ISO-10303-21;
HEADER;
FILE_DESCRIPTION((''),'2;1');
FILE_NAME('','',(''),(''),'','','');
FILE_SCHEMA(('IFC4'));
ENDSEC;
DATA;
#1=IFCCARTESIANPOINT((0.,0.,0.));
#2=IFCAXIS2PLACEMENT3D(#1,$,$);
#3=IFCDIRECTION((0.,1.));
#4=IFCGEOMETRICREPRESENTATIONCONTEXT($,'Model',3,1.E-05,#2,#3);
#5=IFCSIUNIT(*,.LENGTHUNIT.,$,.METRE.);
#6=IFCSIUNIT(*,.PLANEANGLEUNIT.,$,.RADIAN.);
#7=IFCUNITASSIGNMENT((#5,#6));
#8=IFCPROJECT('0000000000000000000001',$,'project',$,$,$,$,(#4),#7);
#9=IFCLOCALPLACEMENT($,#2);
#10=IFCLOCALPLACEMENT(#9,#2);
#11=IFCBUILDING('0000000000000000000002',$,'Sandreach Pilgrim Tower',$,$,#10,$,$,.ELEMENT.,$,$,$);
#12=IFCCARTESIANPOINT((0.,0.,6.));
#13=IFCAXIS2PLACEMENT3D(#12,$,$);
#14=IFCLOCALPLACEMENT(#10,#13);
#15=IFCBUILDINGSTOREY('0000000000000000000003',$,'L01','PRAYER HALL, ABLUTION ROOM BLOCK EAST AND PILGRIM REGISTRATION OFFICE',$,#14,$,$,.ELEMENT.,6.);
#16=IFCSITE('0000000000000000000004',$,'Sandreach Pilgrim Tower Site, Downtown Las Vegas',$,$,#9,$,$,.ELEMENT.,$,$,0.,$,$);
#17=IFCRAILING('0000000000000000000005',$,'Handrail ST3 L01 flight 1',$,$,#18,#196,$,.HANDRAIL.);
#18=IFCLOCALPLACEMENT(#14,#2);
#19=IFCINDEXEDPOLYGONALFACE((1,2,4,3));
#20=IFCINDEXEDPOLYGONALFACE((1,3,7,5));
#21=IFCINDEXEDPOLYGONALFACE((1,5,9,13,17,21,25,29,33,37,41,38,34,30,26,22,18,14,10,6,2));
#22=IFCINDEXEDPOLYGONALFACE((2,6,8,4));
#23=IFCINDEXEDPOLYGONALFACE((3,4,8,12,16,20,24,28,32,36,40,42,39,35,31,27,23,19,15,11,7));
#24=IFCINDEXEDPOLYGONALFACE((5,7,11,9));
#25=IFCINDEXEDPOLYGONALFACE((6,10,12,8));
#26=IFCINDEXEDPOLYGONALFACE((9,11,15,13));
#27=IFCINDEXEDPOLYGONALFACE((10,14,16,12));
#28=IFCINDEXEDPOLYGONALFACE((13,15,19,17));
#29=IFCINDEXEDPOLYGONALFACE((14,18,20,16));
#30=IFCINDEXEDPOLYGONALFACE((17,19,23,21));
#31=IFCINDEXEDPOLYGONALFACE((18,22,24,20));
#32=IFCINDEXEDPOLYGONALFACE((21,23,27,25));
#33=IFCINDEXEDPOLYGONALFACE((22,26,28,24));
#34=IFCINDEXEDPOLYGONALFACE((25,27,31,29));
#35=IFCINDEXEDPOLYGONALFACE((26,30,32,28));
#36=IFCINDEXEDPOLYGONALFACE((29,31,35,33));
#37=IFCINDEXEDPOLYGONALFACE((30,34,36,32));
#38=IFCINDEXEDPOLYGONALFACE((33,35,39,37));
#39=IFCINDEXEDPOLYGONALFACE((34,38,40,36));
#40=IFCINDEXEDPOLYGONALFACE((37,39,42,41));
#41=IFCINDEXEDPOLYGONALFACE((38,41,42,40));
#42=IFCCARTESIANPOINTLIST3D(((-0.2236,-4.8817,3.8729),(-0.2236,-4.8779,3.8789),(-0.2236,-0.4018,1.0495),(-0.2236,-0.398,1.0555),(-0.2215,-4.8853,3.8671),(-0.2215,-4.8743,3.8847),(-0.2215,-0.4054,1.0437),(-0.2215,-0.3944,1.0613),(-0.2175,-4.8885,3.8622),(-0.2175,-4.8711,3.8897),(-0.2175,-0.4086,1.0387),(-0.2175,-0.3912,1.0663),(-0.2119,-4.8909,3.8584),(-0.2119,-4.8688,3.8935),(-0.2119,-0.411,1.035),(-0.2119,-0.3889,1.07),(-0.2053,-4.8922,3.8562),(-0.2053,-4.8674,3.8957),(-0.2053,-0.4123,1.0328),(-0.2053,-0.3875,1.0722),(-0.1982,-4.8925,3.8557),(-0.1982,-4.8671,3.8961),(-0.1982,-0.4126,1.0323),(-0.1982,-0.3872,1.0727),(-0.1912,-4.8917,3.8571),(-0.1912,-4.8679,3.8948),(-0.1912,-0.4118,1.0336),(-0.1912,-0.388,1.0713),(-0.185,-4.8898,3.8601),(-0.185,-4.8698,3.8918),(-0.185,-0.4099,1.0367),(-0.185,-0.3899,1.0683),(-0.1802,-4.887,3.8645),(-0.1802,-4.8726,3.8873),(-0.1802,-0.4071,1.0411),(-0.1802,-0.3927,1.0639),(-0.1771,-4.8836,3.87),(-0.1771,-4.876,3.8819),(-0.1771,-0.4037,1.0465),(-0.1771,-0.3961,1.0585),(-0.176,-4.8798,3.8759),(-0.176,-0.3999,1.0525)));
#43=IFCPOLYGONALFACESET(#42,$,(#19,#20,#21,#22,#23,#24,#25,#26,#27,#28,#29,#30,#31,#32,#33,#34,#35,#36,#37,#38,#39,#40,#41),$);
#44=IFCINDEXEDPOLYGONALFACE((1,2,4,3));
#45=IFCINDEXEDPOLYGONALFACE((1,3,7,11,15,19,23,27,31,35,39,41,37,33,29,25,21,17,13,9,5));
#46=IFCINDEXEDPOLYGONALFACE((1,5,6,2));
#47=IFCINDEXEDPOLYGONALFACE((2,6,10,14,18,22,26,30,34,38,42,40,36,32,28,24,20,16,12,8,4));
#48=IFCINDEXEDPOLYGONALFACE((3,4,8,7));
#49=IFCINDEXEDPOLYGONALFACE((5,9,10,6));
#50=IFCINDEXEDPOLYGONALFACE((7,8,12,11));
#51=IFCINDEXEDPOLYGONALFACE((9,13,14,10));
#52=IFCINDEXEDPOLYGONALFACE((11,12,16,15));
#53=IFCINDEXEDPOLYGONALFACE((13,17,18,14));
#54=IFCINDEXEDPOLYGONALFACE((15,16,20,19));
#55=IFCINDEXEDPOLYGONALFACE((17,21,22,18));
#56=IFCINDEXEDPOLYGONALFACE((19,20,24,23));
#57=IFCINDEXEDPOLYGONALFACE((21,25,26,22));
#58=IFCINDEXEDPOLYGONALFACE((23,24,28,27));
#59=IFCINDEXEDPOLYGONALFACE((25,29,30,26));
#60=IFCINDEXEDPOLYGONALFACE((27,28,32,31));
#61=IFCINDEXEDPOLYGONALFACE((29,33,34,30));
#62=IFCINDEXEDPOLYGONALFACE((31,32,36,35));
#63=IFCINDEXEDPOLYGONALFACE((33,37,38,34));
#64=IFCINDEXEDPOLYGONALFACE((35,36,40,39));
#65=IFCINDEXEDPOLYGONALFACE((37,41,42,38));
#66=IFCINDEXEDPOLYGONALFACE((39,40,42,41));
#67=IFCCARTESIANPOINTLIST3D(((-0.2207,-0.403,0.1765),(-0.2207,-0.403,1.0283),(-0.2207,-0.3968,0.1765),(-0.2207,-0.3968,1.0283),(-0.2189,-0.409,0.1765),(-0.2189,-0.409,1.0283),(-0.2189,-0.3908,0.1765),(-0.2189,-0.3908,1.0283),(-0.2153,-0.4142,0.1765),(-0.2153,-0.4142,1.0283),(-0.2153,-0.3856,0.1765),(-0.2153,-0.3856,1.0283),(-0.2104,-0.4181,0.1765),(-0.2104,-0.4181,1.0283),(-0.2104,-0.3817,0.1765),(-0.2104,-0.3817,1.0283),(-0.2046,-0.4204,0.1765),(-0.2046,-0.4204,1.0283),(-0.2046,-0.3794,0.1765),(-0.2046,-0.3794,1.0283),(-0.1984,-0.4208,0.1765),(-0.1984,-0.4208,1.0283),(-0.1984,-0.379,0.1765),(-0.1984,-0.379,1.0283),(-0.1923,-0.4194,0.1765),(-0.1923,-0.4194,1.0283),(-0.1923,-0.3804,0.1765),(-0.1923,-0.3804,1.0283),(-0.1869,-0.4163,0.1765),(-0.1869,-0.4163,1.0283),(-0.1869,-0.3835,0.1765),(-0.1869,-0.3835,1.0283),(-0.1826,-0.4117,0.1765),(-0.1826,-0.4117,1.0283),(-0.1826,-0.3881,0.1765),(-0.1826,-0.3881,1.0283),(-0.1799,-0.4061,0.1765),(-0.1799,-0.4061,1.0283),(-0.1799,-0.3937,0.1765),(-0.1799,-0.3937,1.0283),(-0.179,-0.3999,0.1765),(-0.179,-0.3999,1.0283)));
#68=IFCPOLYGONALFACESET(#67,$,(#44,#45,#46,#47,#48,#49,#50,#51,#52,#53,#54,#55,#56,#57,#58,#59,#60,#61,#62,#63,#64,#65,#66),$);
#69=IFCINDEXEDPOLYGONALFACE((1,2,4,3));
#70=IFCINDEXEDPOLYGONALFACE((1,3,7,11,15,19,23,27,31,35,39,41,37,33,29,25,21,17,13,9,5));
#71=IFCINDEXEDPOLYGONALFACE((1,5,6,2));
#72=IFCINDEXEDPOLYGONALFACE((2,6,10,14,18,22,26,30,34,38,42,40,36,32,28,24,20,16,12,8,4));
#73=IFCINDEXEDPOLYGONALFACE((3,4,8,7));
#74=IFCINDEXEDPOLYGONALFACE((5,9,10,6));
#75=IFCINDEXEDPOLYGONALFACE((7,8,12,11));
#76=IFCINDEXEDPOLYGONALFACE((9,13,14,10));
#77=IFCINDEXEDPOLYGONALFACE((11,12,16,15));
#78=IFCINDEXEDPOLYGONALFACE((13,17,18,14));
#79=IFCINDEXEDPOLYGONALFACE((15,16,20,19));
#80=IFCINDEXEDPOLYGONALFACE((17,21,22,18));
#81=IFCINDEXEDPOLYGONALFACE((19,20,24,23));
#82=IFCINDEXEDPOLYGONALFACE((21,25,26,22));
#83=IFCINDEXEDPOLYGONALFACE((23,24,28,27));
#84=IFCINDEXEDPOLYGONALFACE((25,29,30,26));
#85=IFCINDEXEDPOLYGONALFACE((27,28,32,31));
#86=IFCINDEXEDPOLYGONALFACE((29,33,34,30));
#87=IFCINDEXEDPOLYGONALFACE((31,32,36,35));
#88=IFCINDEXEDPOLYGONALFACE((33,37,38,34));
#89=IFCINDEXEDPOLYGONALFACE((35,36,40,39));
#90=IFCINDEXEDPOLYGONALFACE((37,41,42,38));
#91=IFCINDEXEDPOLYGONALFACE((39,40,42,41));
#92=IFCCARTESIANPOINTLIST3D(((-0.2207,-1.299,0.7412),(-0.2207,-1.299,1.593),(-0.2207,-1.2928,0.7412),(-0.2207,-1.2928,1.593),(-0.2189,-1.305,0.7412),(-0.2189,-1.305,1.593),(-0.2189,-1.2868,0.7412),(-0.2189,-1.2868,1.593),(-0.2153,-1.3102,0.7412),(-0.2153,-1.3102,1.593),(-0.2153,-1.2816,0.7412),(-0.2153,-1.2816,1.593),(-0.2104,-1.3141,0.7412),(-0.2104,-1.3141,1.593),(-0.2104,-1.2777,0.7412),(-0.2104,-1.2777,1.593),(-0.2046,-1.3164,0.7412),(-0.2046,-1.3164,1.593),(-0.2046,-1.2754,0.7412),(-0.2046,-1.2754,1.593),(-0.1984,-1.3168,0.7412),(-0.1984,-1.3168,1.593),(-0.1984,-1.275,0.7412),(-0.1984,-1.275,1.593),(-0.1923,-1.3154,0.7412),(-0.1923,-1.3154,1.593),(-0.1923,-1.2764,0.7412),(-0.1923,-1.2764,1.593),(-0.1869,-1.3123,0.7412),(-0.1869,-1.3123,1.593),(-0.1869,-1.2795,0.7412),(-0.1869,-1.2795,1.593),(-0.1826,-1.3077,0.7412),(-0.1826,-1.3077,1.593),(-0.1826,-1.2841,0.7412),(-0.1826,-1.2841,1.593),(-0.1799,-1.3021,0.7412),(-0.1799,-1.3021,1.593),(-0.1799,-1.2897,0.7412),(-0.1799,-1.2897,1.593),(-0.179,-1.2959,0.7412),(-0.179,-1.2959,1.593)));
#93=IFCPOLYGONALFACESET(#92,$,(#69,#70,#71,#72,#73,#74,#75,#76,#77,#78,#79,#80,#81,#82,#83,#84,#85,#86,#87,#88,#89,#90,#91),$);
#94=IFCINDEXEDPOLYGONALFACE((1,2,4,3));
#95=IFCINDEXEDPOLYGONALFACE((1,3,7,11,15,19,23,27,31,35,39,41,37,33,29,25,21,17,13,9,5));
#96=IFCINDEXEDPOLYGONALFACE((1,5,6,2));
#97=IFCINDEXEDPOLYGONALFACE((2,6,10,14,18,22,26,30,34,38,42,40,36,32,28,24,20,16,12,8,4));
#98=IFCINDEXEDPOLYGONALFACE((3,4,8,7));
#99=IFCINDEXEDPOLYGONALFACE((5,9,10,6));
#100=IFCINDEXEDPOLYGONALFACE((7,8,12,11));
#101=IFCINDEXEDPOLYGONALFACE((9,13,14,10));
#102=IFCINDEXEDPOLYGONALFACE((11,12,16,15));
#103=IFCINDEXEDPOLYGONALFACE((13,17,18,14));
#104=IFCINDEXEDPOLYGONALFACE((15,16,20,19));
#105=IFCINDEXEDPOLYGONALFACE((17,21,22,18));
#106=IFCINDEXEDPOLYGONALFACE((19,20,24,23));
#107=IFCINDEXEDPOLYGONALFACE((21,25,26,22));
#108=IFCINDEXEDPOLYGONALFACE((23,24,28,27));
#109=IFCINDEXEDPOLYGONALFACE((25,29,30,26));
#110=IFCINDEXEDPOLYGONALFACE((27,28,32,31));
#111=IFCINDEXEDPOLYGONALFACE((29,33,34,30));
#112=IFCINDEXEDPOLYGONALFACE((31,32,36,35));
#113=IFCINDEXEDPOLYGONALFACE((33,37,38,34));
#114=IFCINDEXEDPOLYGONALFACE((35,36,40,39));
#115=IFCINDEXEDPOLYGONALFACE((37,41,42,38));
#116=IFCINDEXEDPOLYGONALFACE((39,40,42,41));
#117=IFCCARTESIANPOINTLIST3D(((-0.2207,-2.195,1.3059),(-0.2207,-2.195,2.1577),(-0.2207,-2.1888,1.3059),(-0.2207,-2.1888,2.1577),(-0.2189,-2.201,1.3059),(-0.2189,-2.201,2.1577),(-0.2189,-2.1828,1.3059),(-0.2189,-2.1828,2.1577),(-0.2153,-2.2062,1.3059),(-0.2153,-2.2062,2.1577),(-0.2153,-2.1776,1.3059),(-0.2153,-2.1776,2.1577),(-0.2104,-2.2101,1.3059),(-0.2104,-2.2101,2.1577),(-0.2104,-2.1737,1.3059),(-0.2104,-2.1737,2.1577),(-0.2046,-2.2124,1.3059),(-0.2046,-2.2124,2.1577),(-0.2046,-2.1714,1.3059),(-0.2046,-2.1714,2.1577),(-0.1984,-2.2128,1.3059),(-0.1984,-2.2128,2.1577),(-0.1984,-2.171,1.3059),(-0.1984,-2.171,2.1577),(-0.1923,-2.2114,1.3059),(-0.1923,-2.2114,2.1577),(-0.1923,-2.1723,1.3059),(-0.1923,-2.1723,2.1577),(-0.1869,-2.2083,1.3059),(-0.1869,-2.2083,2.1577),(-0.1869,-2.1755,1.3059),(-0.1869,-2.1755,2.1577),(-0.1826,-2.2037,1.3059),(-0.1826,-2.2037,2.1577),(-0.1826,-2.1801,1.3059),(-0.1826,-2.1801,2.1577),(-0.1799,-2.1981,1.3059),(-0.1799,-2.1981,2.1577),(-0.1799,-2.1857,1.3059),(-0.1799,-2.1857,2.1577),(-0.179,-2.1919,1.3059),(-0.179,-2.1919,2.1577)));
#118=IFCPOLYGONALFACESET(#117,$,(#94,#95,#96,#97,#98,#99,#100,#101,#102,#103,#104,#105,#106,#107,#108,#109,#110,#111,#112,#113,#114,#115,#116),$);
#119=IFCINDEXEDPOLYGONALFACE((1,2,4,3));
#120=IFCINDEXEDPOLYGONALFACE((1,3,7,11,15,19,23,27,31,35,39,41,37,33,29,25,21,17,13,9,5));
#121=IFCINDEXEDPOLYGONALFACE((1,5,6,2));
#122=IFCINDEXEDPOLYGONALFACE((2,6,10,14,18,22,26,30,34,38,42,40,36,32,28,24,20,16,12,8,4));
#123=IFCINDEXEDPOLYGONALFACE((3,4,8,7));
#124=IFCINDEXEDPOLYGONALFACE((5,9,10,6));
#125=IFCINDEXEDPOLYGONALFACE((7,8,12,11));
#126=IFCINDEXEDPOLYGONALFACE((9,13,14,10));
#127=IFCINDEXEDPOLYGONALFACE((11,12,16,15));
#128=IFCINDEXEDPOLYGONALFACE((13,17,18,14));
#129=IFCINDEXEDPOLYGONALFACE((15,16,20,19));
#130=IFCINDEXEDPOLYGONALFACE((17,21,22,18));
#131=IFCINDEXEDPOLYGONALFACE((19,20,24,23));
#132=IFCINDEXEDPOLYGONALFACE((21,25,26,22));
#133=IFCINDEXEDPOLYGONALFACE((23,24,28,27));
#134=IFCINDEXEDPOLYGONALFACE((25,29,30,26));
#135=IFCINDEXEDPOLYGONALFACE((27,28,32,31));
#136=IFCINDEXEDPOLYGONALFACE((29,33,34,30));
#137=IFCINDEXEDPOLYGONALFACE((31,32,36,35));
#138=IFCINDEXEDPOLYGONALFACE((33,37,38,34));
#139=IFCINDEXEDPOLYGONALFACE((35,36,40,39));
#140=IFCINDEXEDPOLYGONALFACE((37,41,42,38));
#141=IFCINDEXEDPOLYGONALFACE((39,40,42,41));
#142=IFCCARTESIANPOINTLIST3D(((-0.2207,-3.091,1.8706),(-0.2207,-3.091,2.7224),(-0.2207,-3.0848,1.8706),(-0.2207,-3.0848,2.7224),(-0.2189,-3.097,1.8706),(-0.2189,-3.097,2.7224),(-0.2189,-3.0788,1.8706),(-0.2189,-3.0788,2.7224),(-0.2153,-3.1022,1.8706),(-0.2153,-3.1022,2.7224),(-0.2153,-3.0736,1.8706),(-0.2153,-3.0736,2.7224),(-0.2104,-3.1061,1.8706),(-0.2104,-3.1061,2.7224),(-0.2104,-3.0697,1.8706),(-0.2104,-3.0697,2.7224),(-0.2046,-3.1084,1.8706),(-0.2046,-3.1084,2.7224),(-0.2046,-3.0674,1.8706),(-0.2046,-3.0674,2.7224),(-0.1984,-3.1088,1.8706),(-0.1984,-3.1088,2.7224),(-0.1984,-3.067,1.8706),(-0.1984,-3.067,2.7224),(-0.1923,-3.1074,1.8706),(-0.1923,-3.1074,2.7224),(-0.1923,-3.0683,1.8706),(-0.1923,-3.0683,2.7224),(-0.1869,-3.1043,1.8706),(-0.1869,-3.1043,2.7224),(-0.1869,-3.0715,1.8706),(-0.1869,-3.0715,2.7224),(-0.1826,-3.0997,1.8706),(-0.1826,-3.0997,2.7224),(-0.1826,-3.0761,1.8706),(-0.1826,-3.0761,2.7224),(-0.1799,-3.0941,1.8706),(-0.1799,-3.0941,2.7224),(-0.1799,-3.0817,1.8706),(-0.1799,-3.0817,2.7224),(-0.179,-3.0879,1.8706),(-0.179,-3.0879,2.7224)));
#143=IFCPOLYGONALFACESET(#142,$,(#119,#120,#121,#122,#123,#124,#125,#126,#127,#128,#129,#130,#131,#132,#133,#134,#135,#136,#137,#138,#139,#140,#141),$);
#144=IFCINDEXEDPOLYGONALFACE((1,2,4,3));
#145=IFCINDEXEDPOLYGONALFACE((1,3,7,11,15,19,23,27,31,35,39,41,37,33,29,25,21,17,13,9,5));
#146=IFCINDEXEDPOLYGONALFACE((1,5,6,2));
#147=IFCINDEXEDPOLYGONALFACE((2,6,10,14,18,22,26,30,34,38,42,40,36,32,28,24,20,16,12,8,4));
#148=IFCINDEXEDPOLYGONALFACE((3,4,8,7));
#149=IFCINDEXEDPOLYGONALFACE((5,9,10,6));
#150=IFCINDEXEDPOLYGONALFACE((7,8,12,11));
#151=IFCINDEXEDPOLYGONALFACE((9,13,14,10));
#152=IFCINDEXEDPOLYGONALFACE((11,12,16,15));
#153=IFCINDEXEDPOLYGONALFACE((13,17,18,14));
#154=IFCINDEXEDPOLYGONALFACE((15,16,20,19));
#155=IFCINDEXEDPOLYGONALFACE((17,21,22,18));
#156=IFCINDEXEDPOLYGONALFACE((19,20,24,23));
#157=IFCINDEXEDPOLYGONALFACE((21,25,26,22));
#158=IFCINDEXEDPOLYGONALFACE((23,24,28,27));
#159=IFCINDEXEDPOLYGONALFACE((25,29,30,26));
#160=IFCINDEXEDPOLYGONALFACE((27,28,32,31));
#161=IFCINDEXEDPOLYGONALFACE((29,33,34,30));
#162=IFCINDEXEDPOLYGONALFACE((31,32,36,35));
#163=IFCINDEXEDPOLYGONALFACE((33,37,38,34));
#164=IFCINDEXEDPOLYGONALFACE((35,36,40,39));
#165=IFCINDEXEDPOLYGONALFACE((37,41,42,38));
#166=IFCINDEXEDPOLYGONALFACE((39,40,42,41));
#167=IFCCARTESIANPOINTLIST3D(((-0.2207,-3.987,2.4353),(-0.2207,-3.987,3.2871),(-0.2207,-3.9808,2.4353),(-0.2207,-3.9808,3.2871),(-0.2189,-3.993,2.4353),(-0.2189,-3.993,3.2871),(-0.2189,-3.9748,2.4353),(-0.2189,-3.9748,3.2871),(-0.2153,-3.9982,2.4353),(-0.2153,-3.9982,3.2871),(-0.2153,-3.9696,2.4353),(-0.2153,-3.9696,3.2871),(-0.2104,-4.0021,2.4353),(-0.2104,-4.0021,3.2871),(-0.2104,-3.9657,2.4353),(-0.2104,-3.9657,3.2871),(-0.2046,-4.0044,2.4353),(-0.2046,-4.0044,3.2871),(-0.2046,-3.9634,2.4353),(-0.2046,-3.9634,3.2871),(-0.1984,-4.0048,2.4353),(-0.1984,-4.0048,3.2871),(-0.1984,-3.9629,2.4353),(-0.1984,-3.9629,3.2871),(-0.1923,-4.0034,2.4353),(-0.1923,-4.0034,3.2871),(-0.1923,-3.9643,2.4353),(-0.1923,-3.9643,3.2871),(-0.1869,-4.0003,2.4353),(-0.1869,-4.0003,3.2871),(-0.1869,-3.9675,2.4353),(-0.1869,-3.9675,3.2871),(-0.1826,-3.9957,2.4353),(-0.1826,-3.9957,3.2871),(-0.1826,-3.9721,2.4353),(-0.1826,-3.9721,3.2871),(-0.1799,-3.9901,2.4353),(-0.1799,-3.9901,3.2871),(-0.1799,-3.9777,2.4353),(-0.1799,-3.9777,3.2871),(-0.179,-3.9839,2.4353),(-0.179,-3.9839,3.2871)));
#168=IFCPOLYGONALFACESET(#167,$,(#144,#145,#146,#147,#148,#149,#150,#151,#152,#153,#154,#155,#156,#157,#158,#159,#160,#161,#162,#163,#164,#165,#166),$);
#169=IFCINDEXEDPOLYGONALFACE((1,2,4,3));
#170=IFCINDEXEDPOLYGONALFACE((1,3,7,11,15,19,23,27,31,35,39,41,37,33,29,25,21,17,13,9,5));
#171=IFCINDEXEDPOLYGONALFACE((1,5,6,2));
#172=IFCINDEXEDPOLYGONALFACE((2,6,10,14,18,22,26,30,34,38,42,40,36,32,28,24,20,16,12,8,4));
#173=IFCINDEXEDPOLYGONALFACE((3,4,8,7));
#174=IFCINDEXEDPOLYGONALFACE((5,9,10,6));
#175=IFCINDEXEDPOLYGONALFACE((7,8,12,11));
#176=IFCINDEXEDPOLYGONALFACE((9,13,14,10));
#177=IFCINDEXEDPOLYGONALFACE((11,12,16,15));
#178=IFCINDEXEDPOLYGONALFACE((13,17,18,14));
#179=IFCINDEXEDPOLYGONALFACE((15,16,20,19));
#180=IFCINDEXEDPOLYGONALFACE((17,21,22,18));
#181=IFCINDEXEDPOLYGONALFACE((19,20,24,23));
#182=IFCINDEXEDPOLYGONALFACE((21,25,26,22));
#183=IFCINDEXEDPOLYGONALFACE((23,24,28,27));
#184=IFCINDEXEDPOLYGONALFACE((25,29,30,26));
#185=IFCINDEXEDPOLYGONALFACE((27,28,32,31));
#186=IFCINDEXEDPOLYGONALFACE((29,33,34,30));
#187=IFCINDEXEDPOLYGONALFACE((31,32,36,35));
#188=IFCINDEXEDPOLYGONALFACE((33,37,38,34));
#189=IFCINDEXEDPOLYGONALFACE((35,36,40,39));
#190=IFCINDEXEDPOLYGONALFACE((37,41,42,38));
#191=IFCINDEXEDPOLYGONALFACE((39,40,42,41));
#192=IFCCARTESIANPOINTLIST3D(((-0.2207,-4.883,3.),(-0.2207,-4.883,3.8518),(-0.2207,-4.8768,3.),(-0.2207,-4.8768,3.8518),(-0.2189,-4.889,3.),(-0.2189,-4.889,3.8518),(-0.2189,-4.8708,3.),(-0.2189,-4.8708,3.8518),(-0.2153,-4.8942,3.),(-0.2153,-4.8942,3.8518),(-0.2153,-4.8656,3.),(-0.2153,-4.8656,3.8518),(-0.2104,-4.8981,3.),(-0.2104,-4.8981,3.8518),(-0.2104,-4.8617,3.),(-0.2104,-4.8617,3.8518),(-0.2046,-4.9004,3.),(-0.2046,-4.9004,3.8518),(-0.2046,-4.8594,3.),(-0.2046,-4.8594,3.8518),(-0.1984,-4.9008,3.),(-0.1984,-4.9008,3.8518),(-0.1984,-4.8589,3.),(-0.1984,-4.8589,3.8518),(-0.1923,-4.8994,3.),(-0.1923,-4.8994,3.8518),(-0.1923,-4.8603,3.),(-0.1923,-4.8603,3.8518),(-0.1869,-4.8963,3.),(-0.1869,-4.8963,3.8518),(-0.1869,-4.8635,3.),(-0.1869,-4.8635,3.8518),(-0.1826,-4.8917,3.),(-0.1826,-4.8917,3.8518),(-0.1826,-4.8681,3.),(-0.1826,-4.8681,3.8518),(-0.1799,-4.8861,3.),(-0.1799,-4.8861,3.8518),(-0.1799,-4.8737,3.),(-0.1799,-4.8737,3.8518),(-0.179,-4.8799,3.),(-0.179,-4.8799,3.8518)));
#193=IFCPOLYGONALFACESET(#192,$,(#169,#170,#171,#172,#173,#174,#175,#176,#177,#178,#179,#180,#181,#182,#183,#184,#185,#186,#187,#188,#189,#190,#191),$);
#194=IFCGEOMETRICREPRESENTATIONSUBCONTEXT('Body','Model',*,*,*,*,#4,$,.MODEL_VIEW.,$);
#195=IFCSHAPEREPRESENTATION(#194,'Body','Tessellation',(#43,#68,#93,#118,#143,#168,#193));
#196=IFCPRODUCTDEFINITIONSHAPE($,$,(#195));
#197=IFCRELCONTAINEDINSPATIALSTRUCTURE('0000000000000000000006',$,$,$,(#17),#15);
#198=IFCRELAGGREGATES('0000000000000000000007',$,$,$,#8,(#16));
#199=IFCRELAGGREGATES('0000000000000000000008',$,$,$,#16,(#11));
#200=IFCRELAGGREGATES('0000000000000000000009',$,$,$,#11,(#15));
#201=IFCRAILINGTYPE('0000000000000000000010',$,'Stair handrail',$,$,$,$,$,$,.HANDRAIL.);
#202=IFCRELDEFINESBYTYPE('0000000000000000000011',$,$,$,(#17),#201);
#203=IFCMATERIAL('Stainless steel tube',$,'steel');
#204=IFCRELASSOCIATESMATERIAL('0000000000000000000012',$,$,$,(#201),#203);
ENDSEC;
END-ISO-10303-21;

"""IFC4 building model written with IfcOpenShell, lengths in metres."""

from ifc_helpers import new_model, si_unit, direction, frame, origin, origin_2d, place, context, subcontext, project, spatial, circle, extrude, material, type_object, element, save


model = new_model("IFC4")

# Units and contexts
model_context = context("Model", 3, precision=1e-05, world=origin(), true_north=direction((0.0, 1.0)))
body_context = subcontext(model_context, "Body", "Model", "MODEL_VIEW")
ifc_project = project(units=[si_unit("LENGTHUNIT", "METRE"), si_unit("PLANEANGLEUNIT", "RADIAN")], contexts=[model_context])

# Site, building, storey
site_placement = place(None, origin())
site = spatial("IfcSite", under=ifc_project, at=site_placement, Name="Sandreach Pilgrim Tower Site, Downtown Las Vegas", CompositionType="ELEMENT", RefElevation=0.0)
building_placement = place(site_placement, origin())
building = spatial("IfcBuilding", under=site, at=building_placement, Name="Sandreach Pilgrim Tower", CompositionType="ELEMENT")
storey_placement = place(building_placement, frame((0.0, 0.0, 6.0)))
storey = spatial("IfcBuildingStorey", under=building, at=storey_placement, Name="L01", Description="PRAYER HALL, ABLUTION ROOM BLOCK EAST AND PILGRIM REGISTRATION OFFICE", CompositionType="ELEMENT", Elevation=6.0)

# Railing
ifc_material_1 = material(Name="Stainless steel tube", Category="steel")
railing_type = type_object("IfcRailingType", Name="Stair handrail", PredefinedType="HANDRAIL", material=ifc_material_1)
for number, where, name in (
    (1, (-0.2, -0.3999, 0.1765), "Handrail ST3 L01 flight 1"),
):
    element("IfcRailing", number, at=place(storey_placement, frame(where)), inside=storey, type_object=railing_type, Name=name, PredefinedType="HANDRAIL", context=body_context, shape_type="SweptSolid", body=[
        extrude(circle(Radius=0.0239, at=origin_2d()), frame((0.0, 0.0, 0.876), z_axis=(0.0, -0.845998, 0.533186), x_axis=(1.0, 0.0, 0.0)), (0.0, 0.0, 1.0), 5.2954),
        extrude(circle(Radius=0.021, at=origin_2d()), origin(), (0.0, 0.0, 1.0), 0.8518),
        extrude(circle(Radius=0.021, at=origin_2d()), frame((0.0, -0.896, 0.5647)), (0.0, 0.0, 1.0), 0.8518),
        extrude(circle(Radius=0.021, at=origin_2d()), frame((0.0, -1.792, 1.1294)), (0.0, 0.0, 1.0), 0.8518),
        extrude(circle(Radius=0.021, at=origin_2d()), frame((0.0, -2.688, 1.6941)), (0.0, 0.0, 1.0), 0.8518),
        extrude(circle(Radius=0.021, at=origin_2d()), frame((0.0, -3.584, 2.2588)), (0.0, 0.0, 1.0), 0.8518),
        extrude(circle(Radius=0.021, at=origin_2d()), frame((0.0, -4.48, 2.8235)), (0.0, 0.0, 1.0), 0.8518),
    ])

save(model, "model.ifc")
